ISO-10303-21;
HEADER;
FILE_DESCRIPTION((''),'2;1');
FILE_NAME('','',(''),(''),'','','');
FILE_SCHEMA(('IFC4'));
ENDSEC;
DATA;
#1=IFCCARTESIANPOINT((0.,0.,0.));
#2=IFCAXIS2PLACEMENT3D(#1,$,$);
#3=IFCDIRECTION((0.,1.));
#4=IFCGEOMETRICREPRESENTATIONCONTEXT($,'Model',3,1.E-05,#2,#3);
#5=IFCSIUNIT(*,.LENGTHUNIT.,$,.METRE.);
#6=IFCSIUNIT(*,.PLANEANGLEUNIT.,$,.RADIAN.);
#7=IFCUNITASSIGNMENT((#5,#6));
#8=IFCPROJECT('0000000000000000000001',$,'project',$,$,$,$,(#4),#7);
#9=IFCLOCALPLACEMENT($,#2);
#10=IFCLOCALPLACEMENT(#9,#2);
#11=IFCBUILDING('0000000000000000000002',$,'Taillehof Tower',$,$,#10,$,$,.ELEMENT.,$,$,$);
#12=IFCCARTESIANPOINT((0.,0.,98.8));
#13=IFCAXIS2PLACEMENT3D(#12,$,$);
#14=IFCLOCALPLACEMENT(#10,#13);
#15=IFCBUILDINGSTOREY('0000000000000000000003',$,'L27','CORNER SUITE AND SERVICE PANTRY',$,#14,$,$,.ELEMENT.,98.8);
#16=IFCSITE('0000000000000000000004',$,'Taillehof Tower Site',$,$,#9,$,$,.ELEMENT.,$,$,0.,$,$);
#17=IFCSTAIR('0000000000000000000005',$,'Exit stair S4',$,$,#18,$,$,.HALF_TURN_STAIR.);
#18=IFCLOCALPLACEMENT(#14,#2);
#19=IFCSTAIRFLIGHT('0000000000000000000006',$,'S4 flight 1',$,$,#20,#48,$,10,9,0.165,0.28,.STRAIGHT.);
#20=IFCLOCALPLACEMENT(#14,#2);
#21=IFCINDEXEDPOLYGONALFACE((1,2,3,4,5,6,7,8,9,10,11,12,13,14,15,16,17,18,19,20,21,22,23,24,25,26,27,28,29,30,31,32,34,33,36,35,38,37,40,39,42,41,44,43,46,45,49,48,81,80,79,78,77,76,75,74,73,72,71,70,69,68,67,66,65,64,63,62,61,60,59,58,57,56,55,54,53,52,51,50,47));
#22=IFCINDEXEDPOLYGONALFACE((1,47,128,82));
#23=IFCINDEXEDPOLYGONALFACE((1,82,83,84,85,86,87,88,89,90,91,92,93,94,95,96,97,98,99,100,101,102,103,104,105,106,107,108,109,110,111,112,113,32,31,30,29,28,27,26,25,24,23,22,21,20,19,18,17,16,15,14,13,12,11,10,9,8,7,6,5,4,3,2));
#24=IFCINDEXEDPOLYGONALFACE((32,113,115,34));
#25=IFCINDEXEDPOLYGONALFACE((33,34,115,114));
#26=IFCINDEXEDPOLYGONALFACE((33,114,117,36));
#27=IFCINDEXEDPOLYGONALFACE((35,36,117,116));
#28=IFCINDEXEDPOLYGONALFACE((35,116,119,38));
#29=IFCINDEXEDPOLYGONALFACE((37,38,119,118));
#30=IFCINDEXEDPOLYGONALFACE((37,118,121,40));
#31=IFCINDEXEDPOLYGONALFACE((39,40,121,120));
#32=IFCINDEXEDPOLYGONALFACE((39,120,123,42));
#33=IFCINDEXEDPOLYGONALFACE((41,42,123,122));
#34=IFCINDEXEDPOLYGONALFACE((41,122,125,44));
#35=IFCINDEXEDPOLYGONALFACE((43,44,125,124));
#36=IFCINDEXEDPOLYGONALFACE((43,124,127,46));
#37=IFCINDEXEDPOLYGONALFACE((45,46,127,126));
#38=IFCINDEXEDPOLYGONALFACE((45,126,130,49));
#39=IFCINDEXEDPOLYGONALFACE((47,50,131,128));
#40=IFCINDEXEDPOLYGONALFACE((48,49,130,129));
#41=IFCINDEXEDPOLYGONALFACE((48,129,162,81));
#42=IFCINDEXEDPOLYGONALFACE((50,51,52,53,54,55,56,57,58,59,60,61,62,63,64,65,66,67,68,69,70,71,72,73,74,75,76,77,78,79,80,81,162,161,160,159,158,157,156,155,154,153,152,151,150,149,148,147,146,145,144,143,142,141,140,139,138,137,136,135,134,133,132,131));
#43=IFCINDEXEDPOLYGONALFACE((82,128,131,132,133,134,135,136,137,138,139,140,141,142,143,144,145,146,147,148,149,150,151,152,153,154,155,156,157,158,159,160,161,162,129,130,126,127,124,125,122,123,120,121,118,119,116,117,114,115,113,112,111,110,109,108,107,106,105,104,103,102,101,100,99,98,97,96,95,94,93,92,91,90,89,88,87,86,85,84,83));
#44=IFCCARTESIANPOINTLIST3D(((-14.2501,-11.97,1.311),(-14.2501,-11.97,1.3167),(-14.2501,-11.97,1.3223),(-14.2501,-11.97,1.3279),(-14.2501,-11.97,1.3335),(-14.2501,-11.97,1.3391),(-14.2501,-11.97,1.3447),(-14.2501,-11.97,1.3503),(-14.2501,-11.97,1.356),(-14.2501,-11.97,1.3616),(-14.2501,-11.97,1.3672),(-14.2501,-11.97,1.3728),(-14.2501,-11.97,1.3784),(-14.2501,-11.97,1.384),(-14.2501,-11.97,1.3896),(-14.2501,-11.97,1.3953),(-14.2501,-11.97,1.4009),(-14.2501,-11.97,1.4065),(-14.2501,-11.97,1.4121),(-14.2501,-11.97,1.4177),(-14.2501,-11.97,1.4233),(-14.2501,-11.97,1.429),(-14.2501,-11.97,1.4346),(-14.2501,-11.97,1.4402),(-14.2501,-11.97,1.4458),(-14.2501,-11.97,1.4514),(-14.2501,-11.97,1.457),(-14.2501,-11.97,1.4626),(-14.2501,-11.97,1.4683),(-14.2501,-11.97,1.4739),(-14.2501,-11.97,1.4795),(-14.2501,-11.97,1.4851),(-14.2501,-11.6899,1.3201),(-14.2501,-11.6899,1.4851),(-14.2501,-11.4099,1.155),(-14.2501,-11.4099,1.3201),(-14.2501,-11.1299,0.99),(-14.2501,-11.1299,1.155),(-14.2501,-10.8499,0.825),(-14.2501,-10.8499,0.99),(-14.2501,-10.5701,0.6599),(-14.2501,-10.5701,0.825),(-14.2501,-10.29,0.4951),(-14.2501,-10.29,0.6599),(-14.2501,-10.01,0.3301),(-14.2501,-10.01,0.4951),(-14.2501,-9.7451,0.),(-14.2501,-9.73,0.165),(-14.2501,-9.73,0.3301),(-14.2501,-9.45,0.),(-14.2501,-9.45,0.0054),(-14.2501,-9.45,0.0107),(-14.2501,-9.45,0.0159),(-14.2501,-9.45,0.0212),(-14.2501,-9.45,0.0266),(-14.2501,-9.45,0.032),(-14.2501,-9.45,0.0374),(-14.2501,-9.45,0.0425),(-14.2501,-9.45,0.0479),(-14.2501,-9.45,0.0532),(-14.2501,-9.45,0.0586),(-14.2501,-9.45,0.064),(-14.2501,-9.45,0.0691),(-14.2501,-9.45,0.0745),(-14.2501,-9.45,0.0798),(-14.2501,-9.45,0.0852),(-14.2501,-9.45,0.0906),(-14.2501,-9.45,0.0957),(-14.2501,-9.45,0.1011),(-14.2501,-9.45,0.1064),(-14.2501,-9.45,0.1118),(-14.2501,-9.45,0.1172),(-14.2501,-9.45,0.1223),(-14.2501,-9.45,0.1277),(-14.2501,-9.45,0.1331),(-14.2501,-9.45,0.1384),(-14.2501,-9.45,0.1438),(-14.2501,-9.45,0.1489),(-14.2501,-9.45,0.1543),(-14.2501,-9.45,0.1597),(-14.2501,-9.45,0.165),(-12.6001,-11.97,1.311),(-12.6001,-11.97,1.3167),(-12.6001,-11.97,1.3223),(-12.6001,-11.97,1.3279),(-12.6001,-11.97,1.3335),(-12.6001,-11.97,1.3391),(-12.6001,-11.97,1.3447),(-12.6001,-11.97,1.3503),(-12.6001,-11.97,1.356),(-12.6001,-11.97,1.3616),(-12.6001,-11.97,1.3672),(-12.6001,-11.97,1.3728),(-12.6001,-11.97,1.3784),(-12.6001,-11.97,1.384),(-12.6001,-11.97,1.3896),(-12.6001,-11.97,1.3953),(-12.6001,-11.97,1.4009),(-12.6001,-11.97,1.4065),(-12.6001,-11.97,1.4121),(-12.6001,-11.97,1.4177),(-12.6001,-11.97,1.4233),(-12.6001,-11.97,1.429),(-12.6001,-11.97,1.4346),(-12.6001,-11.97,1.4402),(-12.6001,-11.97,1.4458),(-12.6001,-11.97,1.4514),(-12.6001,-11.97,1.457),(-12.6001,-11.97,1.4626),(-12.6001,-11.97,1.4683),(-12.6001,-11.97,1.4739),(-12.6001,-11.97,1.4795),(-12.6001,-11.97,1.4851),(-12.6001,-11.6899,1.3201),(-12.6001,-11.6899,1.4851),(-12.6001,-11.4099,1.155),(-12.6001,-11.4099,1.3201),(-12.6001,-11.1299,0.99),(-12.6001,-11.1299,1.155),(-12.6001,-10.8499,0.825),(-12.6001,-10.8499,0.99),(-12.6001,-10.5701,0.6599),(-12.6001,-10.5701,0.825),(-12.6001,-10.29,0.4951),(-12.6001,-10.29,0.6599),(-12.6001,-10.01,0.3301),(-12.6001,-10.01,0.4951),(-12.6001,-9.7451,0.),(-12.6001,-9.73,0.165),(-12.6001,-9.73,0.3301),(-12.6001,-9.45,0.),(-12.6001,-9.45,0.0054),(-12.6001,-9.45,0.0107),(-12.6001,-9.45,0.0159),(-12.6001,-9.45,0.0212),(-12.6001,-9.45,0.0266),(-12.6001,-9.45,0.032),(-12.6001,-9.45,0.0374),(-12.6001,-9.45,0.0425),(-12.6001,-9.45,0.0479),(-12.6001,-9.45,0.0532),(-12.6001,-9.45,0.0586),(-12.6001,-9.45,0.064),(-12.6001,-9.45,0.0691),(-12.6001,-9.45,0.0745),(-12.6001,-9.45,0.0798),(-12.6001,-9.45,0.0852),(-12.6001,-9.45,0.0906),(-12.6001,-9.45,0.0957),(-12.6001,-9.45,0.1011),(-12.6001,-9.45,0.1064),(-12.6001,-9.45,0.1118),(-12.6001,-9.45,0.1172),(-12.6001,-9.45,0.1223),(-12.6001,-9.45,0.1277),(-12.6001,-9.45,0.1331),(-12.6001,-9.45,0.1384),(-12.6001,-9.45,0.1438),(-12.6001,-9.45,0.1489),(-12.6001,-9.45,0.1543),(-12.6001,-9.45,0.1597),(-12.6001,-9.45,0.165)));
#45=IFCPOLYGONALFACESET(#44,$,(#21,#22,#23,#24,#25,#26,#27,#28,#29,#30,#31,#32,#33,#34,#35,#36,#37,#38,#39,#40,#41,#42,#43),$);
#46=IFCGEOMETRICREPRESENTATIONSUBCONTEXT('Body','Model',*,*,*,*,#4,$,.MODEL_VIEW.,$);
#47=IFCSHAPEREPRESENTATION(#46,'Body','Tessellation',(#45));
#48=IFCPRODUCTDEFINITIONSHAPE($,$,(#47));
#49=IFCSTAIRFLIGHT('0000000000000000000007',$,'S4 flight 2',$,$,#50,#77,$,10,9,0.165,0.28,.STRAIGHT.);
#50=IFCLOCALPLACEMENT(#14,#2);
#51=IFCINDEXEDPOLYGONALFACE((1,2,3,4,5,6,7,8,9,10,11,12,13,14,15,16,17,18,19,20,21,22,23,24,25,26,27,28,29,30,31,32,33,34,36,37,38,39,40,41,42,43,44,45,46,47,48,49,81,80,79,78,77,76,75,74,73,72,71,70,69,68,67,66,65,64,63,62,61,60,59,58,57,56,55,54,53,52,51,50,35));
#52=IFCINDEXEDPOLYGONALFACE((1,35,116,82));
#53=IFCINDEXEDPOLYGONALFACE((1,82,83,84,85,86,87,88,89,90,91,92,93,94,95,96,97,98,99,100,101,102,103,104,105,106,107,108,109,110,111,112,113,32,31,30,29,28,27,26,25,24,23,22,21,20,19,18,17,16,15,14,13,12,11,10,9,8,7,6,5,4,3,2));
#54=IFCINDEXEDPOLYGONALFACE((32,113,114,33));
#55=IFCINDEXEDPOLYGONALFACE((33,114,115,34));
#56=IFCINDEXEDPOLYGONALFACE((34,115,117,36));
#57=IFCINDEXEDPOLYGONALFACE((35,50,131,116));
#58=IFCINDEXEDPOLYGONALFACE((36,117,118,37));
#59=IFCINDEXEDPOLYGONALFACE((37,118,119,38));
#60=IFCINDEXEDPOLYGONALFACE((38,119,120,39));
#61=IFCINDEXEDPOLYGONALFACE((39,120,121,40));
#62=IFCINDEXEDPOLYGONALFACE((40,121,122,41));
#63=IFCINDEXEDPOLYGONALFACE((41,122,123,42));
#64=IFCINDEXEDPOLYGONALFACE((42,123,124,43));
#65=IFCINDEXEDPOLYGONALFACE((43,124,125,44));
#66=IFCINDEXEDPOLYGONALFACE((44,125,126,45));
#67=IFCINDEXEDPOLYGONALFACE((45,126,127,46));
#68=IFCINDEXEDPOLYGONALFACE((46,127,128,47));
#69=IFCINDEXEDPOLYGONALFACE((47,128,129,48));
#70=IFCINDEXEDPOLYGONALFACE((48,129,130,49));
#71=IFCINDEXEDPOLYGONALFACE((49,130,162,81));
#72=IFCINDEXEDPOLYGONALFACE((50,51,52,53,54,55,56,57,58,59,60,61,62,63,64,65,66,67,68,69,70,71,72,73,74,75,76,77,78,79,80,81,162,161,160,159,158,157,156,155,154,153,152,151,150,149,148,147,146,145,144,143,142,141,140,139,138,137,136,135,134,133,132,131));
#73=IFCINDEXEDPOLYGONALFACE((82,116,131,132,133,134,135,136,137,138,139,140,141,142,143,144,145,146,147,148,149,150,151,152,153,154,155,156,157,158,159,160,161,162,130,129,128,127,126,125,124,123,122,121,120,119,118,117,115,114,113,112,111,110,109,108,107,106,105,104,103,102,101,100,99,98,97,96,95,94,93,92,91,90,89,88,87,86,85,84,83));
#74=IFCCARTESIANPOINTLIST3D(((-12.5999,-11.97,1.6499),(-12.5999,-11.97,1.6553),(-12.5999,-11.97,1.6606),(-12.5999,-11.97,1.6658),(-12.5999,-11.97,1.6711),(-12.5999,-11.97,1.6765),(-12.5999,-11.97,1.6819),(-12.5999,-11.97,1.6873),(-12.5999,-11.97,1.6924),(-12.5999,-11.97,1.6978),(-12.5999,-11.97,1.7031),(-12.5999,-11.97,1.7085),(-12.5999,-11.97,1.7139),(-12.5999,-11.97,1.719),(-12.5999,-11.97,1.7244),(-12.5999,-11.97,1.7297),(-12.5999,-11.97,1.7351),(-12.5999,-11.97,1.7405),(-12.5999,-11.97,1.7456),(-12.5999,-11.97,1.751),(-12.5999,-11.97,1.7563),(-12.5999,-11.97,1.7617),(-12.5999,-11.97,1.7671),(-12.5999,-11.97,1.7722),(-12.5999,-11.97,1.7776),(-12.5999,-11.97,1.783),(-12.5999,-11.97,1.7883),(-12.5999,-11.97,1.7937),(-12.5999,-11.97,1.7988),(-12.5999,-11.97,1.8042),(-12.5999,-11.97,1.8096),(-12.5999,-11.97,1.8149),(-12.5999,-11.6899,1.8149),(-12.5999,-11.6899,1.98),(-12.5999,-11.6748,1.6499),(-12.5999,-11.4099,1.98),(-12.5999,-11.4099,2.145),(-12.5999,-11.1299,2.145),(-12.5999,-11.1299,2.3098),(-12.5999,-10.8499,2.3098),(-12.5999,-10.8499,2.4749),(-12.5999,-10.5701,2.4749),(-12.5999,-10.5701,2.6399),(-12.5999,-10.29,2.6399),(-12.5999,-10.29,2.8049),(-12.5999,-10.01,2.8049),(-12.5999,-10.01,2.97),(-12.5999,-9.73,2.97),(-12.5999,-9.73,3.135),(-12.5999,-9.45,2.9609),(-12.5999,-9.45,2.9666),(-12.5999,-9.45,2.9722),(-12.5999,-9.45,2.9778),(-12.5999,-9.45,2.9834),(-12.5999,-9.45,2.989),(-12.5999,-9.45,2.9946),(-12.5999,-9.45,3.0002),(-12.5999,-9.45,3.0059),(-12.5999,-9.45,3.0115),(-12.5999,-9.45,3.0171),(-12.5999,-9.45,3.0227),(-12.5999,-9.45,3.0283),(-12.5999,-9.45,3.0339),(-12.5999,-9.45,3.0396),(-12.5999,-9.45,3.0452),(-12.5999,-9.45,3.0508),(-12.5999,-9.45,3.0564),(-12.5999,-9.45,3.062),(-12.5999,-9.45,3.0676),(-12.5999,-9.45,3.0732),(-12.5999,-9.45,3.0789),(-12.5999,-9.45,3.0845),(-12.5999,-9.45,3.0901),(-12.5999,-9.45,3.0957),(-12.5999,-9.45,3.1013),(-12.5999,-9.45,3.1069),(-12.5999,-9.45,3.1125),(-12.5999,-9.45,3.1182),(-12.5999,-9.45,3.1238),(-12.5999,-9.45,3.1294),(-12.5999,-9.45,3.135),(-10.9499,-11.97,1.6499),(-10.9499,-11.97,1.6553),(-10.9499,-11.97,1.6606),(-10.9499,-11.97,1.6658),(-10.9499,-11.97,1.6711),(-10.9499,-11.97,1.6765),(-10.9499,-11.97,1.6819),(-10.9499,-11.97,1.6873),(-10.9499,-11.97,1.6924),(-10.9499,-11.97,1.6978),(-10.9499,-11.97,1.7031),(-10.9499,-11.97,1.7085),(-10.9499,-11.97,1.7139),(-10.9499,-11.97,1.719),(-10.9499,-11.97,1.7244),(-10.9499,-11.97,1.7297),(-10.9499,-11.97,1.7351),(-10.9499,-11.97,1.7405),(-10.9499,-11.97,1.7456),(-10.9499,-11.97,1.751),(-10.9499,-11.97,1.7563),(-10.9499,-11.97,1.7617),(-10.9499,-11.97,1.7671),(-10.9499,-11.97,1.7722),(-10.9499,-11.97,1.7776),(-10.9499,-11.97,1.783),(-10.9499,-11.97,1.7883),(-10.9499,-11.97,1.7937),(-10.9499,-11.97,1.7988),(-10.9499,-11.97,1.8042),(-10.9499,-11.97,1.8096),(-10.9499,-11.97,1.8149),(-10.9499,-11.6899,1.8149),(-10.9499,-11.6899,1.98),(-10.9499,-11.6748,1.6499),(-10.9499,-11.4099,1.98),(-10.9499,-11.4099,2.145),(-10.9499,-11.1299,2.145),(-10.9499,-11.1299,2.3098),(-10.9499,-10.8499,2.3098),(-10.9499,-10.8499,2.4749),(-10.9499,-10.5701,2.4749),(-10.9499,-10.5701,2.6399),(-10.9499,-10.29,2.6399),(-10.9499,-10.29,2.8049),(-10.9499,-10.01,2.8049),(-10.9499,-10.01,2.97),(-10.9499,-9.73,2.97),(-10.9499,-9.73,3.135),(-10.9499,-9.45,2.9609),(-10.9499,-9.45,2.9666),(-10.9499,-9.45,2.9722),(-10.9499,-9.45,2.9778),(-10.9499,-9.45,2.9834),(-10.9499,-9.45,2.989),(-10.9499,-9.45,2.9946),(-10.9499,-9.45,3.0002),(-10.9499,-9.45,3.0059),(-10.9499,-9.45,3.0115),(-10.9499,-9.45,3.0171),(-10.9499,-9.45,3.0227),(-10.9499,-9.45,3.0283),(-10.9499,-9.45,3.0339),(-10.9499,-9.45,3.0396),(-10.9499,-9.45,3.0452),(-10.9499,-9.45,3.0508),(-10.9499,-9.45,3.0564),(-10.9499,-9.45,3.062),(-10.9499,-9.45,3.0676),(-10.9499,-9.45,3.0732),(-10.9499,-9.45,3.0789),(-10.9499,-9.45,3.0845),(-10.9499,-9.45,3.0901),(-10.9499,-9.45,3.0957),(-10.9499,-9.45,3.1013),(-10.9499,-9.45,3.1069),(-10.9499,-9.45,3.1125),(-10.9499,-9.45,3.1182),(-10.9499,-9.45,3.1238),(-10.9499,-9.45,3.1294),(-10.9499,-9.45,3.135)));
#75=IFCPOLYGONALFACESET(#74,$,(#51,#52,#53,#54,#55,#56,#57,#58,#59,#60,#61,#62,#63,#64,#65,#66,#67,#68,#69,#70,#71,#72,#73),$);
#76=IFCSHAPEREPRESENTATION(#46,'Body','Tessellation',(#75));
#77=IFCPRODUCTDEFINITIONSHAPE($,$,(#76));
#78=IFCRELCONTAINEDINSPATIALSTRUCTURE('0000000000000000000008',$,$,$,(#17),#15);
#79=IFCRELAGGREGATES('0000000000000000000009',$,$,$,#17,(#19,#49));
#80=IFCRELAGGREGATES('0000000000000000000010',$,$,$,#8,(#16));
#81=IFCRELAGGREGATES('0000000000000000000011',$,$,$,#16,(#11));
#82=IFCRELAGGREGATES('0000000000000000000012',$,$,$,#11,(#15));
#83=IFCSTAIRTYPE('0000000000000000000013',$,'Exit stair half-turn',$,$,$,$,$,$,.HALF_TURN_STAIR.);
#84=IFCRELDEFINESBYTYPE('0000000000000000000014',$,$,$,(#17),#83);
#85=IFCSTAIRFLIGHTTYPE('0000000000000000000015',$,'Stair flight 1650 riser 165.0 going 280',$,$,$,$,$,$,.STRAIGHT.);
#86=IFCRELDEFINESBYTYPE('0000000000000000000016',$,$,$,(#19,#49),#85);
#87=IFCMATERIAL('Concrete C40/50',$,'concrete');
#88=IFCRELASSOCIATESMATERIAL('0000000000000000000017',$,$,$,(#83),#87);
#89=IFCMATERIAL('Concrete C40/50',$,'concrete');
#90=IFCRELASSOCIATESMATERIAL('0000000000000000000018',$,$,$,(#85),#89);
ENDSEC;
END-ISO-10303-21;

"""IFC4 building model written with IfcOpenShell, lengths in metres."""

from ifc_helpers import new_model, si_unit, direction, frame, origin, place, context, subcontext, project, spatial, polyline, outline, extrude, material, type_object, element, aggregate, save


model = new_model("IFC4")

# Units and contexts
model_context = context("Model", 3, precision=1e-05, world=origin(), true_north=direction((0.0, 1.0)))
body_context = subcontext(model_context, "Body", "Model", "MODEL_VIEW")
ifc_project = project(units=[si_unit("LENGTHUNIT", "METRE"), si_unit("PLANEANGLEUNIT", "RADIAN")], contexts=[model_context])

# Site, building, storey
site_placement = place(None, origin())
site = spatial("IfcSite", under=ifc_project, at=site_placement, Name="Taillehof Tower Site", CompositionType="ELEMENT", RefElevation=0.0)
building_placement = place(site_placement, origin())
building = spatial("IfcBuilding", under=site, at=building_placement, Name="Taillehof Tower", CompositionType="ELEMENT")
storey_placement = place(building_placement, frame((0.0, 0.0, 98.8)))
storey = spatial("IfcBuildingStorey", under=building, at=storey_placement, Name="L27", Description="CORNER SUITE AND SERVICE PANTRY", CompositionType="ELEMENT", Elevation=98.8)

# Stair, stair flights
ifc_material_1 = material(Name="Concrete C40/50", Category="concrete")
stair_type = type_object("IfcStairType", Name="Exit stair half-turn", PredefinedType="HALF_TURN_STAIR", material=ifc_material_1)
stair_placement = place(storey_placement, origin())
stair = element("IfcStair", 1, at=stair_placement, inside=storey, type_object=stair_type, Name="Exit stair S4", PredefinedType="HALF_TURN_STAIR")
ifc_material_2 = material(Name="Concrete C40/50", Category="concrete")
stair_flight_type = type_object("IfcStairFlightType", Name="Stair flight 1650 riser 165.0 going 280", PredefinedType="STRAIGHT", material=ifc_material_2)
stair_flight_1_placement = place(storey_placement, frame((-13.425, -9.45, 0.0), z_axis=(0.0, 0.0, 1.0), x_axis=(0.0, -1.0, 0.0)))
stair_flight_1 = element("IfcStairFlight", 2, at=stair_flight_1_placement, type_object=stair_flight_type, Name="S4 flight 1", NumberOfRisers=10, NumberOfTreads=9, PredefinedType="STRAIGHT", RiserHeight=0.165, TreadLength=0.28, context=body_context, shape_type="SweptSolid", body=[
    extrude(outline(polyline([(0.0, 0.0), (0.0, 0.0054), (0.0, 0.0107), (0.0, 0.0159), (0.0, 0.0212), (0.0, 0.0266), (0.0, 0.032), (0.0, 0.0374), (0.0, 0.0425), (0.0, 0.0479), (0.0, 0.0532), (0.0, 0.0586), (0.0, 0.064), (0.0, 0.0691), (0.0, 0.0745), (0.0, 0.0798), (0.0, 0.0852), (0.0, 0.0906), (0.0, 0.0957), (0.0, 0.1011), (0.0, 0.1064), (0.0, 0.1118), (0.0, 0.1172), (0.0, 0.1223), (0.0, 0.1277), (0.0, 0.1331), (0.0, 0.1384), (0.0, 0.1438), (0.0, 0.1489), (0.0, 0.1543), (0.0, 0.1597), (0.0, 0.165), (0.28, 0.165), (0.28, 0.3301), (0.5601, 0.3301), (0.5601, 0.4951), (0.8401, 0.4951), (0.8401, 0.6599), (1.1201, 0.6599), (1.1201, 0.825), (1.3999, 0.825), (1.3999, 0.99), (1.6799, 0.99), (1.6799, 1.155), (1.96, 1.155), (1.96, 1.3201), (2.24, 1.3201), (2.24, 1.4851), (2.52, 1.4851), (2.52, 1.4795), (2.52, 1.4739), (2.52, 1.4683), (2.52, 1.4626), (2.52, 1.457), (2.52, 1.4514), (2.52, 1.4458), (2.52, 1.4402), (2.52, 1.4346), (2.52, 1.429), (2.52, 1.4233), (2.52, 1.4177), (2.52, 1.4121), (2.52, 1.4065), (2.52, 1.4009), (2.52, 1.3953), (2.52, 1.3896), (2.52, 1.384), (2.52, 1.3784), (2.52, 1.3728), (2.52, 1.3672), (2.52, 1.3616), (2.52, 1.356), (2.52, 1.3503), (2.52, 1.3447), (2.52, 1.3391), (2.52, 1.3335), (2.52, 1.3279), (2.52, 1.3223), (2.52, 1.3167), (2.52, 1.311), (0.2952, 0.0), (0.0, 0.0)])), frame((0.0, 0.825, 0.0), z_axis=(0.0, -1.0, 0.0), x_axis=(1.0, 0.0, 0.0)), (0.0, 0.0, 1.0), 1.65),
])
stair_flight_2_placement = place(storey_placement, frame((-11.7749, -11.97, 1.6499), z_axis=(0.0, 0.0, 1.0), x_axis=(0.0, 1.0, 0.0)))
stair_flight_2 = element("IfcStairFlight", 3, at=stair_flight_2_placement, type_object=stair_flight_type, Name="S4 flight 2", NumberOfRisers=10, NumberOfTreads=9, PredefinedType="STRAIGHT", RiserHeight=0.165, TreadLength=0.28, context=body_context, shape_type="SweptSolid", body=[
    extrude(outline(polyline([(0.0, 0.0), (0.0, 0.0054), (0.0, 0.0107), (0.0, 0.0159), (0.0, 0.0212), (0.0, 0.0266), (0.0, 0.032), (0.0, 0.0374), (0.0, 0.0425), (0.0, 0.0479), (0.0, 0.0532), (0.0, 0.0586), (0.0, 0.064), (0.0, 0.0691), (0.0, 0.0745), (0.0, 0.0798), (0.0, 0.0852), (0.0, 0.0906), (0.0, 0.0957), (0.0, 0.1011), (0.0, 0.1064), (0.0, 0.1118), (0.0, 0.1172), (0.0, 0.1223), (0.0, 0.1277), (0.0, 0.1331), (0.0, 0.1384), (0.0, 0.1438), (0.0, 0.1489), (0.0, 0.1543), (0.0, 0.1597), (0.0, 0.165), (0.28, 0.165), (0.28, 0.3301), (0.5601, 0.3301), (0.5601, 0.4951), (0.8401, 0.4951), (0.8401, 0.6599), (1.1201, 0.6599), (1.1201, 0.825), (1.3999, 0.825), (1.3999, 0.99), (1.6799, 0.99), (1.6799, 1.155), (1.96, 1.155), (1.96, 1.3201), (2.24, 1.3201), (2.24, 1.4851), (2.52, 1.4851), (2.52, 1.4795), (2.52, 1.4739), (2.52, 1.4683), (2.52, 1.4626), (2.52, 1.457), (2.52, 1.4514), (2.52, 1.4458), (2.52, 1.4402), (2.52, 1.4346), (2.52, 1.429), (2.52, 1.4233), (2.52, 1.4177), (2.52, 1.4121), (2.52, 1.4065), (2.52, 1.4009), (2.52, 1.3953), (2.52, 1.3896), (2.52, 1.384), (2.52, 1.3784), (2.52, 1.3728), (2.52, 1.3672), (2.52, 1.3616), (2.52, 1.356), (2.52, 1.3503), (2.52, 1.3447), (2.52, 1.3391), (2.52, 1.3335), (2.52, 1.3279), (2.52, 1.3223), (2.52, 1.3167), (2.52, 1.311), (0.2952, 0.0), (0.0, 0.0)])), frame((0.0, 0.825, 0.0), z_axis=(0.0, -1.0, 0.0), x_axis=(1.0, 0.0, 0.0)), (0.0, 0.0, 1.0), 1.65),
])
aggregate(stair, [stair_flight_1, stair_flight_2])

save(model, "model.ifc")
